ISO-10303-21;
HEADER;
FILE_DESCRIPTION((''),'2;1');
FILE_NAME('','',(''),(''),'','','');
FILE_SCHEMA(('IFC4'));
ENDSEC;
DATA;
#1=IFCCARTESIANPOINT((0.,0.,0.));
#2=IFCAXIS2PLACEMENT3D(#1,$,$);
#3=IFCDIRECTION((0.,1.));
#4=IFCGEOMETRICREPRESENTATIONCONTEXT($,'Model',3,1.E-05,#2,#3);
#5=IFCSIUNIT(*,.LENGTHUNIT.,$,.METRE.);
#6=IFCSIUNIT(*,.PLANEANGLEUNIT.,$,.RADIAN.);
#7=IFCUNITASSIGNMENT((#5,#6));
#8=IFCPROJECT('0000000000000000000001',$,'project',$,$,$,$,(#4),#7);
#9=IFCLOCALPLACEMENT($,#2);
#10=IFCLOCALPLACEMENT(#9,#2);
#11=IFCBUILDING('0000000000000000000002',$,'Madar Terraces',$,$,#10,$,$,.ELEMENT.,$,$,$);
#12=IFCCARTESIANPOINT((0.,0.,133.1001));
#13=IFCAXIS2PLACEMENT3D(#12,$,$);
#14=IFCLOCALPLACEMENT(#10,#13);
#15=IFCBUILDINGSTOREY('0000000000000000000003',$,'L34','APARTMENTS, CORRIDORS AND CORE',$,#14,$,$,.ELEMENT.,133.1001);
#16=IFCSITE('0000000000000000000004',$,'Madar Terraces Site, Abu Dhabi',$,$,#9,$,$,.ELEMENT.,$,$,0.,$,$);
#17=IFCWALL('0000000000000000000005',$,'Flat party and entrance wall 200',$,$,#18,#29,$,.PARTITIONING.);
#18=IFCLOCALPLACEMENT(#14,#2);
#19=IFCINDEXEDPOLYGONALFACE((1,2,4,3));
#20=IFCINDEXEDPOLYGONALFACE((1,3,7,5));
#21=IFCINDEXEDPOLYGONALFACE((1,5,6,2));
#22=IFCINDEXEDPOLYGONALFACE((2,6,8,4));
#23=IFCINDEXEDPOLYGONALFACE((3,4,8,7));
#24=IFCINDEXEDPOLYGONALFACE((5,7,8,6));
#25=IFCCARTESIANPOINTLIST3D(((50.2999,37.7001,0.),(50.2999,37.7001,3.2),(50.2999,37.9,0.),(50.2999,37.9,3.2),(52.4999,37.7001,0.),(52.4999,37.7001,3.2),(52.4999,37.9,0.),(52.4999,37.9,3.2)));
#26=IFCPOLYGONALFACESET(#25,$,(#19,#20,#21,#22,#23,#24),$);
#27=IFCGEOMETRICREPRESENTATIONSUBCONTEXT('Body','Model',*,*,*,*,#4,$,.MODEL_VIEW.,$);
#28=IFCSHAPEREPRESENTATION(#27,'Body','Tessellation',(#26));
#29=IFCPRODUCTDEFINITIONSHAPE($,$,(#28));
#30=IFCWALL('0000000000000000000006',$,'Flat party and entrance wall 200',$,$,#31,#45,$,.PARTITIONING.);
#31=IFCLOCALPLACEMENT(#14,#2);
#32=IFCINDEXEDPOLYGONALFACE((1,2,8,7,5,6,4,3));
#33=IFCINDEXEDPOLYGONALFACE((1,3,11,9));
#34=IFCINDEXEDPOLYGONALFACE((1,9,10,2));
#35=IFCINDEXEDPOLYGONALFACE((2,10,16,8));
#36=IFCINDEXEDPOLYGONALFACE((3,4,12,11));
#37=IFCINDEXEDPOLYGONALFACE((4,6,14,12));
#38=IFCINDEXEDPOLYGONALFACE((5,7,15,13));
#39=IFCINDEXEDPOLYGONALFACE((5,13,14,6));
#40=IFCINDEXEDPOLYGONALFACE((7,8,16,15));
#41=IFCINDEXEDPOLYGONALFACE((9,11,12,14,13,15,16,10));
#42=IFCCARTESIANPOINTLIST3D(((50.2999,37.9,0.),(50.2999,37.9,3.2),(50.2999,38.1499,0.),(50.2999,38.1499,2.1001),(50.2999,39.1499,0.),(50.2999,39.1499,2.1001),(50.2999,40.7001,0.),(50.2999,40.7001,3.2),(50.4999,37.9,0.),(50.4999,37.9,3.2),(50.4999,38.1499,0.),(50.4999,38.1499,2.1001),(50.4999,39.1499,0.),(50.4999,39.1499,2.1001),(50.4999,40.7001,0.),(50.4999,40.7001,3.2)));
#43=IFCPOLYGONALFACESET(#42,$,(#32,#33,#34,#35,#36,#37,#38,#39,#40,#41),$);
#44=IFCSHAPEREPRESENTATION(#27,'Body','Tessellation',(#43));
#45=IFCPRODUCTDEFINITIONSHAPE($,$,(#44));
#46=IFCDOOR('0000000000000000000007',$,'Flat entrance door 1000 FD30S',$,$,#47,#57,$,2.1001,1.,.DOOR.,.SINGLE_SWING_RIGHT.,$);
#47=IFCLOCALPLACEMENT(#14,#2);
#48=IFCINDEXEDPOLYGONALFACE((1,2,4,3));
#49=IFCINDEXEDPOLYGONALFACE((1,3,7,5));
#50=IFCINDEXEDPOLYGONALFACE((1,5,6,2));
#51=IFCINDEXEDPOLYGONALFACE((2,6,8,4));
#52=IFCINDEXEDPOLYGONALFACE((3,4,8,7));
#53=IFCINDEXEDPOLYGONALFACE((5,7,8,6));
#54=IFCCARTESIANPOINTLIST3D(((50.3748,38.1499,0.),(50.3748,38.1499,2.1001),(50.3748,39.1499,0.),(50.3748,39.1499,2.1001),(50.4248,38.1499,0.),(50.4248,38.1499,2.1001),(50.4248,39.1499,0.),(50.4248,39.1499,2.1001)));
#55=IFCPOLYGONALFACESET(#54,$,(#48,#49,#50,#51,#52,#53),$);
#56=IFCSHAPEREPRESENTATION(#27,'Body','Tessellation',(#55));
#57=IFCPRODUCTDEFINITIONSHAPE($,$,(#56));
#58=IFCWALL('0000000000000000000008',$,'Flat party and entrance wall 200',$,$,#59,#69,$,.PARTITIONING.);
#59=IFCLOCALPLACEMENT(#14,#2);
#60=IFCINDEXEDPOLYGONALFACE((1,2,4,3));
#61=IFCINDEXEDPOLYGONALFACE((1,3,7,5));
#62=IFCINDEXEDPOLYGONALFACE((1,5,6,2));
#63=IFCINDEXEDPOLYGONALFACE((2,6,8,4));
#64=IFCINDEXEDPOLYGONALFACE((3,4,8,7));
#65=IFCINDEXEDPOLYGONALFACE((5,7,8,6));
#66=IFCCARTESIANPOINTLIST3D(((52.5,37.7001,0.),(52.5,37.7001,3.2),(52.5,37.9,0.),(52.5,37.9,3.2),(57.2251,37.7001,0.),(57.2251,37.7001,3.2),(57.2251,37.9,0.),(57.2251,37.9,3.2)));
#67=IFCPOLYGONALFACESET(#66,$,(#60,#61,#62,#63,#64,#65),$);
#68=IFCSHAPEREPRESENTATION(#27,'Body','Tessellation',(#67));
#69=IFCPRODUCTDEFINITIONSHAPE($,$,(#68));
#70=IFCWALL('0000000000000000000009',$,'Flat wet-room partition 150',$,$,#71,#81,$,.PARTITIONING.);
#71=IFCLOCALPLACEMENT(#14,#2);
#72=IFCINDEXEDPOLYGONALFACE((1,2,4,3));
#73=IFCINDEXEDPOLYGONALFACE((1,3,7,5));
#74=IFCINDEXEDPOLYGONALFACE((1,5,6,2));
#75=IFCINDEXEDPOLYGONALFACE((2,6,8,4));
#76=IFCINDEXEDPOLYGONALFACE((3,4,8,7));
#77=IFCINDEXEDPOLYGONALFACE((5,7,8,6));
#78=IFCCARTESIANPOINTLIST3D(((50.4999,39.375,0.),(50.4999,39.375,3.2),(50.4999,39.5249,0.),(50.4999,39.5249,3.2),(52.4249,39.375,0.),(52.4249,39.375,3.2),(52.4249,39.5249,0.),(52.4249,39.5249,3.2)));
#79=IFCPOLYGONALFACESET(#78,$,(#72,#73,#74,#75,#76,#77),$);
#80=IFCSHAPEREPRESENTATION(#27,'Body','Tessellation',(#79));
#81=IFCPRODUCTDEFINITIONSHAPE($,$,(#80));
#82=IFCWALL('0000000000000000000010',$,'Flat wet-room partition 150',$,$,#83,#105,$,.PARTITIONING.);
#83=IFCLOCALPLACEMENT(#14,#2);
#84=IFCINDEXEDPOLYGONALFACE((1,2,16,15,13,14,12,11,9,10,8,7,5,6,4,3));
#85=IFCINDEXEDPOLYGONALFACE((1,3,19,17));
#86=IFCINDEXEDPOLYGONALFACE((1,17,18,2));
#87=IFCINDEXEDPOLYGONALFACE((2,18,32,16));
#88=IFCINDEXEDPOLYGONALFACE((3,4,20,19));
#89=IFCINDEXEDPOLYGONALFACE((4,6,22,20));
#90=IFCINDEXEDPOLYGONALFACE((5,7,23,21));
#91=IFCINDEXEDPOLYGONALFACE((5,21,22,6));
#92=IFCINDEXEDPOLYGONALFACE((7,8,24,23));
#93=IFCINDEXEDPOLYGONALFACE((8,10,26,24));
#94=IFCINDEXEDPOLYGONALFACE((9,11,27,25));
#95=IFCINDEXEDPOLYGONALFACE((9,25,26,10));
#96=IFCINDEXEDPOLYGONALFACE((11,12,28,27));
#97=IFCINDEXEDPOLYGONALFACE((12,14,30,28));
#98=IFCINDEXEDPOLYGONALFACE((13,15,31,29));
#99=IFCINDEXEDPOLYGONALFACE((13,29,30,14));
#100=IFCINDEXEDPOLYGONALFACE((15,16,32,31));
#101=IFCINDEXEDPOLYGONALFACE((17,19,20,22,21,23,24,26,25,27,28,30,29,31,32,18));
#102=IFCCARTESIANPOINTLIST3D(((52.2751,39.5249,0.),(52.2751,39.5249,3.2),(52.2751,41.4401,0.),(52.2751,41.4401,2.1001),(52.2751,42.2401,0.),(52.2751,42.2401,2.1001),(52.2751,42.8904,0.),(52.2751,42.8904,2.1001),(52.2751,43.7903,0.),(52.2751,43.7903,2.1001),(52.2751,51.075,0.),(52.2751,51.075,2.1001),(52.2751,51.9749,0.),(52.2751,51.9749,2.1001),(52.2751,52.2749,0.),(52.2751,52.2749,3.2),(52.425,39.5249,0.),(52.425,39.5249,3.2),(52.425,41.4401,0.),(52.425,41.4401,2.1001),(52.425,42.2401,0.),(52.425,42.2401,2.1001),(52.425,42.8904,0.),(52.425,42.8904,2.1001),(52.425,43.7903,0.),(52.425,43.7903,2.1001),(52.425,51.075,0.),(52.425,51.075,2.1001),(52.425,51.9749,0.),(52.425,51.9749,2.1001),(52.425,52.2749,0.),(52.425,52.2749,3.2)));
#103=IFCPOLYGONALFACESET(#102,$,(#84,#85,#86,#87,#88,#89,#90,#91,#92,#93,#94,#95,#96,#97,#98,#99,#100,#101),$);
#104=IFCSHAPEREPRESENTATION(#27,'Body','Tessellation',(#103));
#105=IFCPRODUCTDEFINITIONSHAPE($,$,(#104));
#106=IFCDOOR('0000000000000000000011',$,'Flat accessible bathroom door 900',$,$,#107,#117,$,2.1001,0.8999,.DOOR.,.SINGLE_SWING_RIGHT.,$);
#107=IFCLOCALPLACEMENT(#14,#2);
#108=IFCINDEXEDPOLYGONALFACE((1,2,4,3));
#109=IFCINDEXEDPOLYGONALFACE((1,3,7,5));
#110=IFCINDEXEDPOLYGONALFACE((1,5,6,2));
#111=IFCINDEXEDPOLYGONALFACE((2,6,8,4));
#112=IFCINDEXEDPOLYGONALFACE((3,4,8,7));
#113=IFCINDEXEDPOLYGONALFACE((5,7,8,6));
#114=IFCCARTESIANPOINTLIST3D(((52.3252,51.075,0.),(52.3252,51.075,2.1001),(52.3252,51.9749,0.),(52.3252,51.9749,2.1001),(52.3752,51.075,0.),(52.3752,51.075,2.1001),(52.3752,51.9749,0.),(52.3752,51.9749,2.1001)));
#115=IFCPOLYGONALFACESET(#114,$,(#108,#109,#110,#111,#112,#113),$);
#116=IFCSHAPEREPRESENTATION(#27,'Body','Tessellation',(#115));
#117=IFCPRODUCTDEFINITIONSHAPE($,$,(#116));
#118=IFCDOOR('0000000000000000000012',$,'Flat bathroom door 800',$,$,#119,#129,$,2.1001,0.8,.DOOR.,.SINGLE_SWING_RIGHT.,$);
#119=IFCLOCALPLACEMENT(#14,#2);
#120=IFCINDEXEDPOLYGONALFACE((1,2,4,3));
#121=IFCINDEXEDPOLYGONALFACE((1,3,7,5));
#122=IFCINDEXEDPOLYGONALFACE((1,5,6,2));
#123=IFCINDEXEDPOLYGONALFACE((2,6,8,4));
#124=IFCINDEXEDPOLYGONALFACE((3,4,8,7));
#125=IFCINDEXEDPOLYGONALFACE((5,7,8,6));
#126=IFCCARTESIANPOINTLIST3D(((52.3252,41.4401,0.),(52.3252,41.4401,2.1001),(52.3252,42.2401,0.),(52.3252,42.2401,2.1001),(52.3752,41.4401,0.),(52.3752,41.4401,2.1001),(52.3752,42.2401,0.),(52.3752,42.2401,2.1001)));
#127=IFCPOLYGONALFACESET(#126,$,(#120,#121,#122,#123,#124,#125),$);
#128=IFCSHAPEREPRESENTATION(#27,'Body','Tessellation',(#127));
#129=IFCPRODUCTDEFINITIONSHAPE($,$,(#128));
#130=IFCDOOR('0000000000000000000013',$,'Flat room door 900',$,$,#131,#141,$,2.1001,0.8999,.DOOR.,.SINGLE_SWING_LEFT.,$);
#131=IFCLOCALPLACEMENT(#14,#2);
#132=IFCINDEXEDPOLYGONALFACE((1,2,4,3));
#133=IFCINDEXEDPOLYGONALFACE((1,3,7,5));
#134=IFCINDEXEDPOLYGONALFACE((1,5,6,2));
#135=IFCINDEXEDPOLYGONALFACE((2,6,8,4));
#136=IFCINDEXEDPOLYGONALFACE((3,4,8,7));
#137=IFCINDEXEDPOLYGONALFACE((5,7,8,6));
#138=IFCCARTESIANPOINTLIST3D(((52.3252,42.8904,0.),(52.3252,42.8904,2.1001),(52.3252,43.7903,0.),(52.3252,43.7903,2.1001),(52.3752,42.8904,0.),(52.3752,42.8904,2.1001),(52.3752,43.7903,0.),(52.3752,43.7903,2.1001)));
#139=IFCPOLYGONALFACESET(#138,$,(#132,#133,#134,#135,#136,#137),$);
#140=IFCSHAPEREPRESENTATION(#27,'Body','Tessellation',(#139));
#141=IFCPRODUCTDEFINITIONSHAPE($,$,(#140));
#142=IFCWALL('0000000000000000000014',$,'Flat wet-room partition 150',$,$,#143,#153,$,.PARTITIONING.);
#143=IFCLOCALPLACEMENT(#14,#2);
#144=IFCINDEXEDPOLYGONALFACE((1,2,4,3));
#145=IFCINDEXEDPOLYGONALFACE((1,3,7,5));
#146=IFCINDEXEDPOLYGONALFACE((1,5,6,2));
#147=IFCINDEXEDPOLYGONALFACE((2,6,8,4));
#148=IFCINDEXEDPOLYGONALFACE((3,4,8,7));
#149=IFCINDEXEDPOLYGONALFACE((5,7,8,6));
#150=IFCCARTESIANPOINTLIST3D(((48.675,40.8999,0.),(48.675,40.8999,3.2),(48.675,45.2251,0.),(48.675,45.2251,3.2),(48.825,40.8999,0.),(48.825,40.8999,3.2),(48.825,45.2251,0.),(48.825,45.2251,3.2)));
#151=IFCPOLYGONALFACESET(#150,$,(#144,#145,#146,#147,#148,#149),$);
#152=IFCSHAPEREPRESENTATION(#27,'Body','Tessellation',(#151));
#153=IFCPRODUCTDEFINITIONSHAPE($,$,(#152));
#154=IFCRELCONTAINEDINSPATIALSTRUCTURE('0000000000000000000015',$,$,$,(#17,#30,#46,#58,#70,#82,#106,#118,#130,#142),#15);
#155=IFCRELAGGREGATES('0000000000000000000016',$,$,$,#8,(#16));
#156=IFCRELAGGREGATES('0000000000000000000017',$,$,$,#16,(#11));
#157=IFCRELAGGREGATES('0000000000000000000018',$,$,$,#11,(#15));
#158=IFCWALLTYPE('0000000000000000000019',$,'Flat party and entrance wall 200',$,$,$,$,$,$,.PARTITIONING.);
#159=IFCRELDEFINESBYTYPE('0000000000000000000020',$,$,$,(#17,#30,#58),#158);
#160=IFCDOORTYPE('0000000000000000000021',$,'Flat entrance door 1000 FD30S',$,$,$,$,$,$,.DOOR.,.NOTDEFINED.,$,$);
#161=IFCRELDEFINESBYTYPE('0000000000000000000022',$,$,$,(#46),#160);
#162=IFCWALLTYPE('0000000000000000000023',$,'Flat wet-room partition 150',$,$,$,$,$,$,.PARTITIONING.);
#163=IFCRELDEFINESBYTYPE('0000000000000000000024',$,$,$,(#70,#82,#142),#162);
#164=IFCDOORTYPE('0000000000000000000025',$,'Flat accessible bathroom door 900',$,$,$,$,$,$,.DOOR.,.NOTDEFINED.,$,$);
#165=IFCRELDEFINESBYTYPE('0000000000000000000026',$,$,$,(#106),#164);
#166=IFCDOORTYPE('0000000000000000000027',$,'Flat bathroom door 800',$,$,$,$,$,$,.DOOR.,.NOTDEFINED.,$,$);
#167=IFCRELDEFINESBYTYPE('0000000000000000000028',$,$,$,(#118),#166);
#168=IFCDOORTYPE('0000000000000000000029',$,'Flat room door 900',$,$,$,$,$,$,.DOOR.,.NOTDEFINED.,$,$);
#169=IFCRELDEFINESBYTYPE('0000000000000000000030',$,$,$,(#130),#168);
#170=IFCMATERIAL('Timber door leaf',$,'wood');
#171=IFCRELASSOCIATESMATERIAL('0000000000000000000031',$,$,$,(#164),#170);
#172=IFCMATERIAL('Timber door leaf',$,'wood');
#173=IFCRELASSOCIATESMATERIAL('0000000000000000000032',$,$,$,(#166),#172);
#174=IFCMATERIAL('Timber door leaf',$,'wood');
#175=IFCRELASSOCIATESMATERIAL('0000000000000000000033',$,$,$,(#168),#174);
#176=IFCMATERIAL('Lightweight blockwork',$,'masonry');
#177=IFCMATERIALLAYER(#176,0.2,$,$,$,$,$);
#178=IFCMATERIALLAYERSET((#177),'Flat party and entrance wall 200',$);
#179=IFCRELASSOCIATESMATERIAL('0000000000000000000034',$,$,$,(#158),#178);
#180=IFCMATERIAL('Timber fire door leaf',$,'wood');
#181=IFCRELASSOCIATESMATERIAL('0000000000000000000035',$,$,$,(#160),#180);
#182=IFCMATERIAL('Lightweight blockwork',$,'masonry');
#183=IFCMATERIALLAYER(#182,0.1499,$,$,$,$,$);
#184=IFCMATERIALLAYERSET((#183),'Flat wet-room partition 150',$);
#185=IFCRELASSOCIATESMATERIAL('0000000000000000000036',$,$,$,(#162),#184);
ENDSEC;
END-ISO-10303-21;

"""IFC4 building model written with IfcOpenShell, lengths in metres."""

from ifc_helpers import new_model, si_unit, direction, frame, frame_2d, origin, place, context, subcontext, project, spatial, rectangle, extrude, material, layer, layer_set, type_object, element, fill, save


model = new_model("IFC4")

# Units and contexts
model_context = context("Model", 3, precision=1e-05, world=origin(), true_north=direction((0.0, 1.0)))
body_context = subcontext(model_context, "Body", "Model", "MODEL_VIEW")
ifc_project = project(units=[si_unit("LENGTHUNIT", "METRE"), si_unit("PLANEANGLEUNIT", "RADIAN")], contexts=[model_context])

# Site, building, storey
site_placement = place(None, origin())
site = spatial("IfcSite", under=ifc_project, at=site_placement, Name="Madar Terraces Site, Abu Dhabi", CompositionType="ELEMENT", RefElevation=0.0)
building_placement = place(site_placement, origin())
building = spatial("IfcBuilding", under=site, at=building_placement, Name="Madar Terraces", CompositionType="ELEMENT")
storey_placement = place(building_placement, frame((0.0, 0.0, 133.1001)))
storey = spatial("IfcBuildingStorey", under=building, at=storey_placement, Name="L34", Description="APARTMENTS, CORRIDORS AND CORE", CompositionType="ELEMENT", Elevation=133.1001)

# Shared definitions
ifc_material_1 = material(Name="Timber door leaf", Category="wood")
door_type_1 = type_object("IfcDoorType", Name="Flat accessible bathroom door 900", OperationType="NOTDEFINED", PredefinedType="DOOR", material=ifc_material_1)
ifc_material_2 = material(Name="Timber door leaf", Category="wood")
door_type_2 = type_object("IfcDoorType", Name="Flat bathroom door 800", OperationType="NOTDEFINED", PredefinedType="DOOR", material=ifc_material_2)
ifc_material_3 = material(Name="Timber door leaf", Category="wood")
door_type_3 = type_object("IfcDoorType", Name="Flat room door 900", OperationType="NOTDEFINED", PredefinedType="DOOR", material=ifc_material_3)

# Shared definitions
ifc_material_4 = material(Name="Lightweight blockwork", Category="masonry")
ifc_layer_1 = layer(ifc_material_4, 0.2)
ifc_layer_set_1 = layer_set([ifc_layer_1], Name="Flat party and entrance wall 200")
wall_type_1 = type_object("IfcWallType", Name="Flat party and entrance wall 200", PredefinedType="PARTITIONING", material=ifc_layer_set_1)
ifc_material_5 = material(Name="Timber fire door leaf", Category="wood")
door_type_4 = type_object("IfcDoorType", Name="Flat entrance door 1000 FD30S", OperationType="NOTDEFINED", PredefinedType="DOOR", material=ifc_material_5)

# Wall
wall_1_placement = place(storey_placement, frame((52.5, 37.8, 0.0), z_axis=(0.0, 0.0, 1.0), x_axis=(-1.0, 0.0, 0.0)))
element("IfcWall", 1, at=wall_1_placement, inside=storey, type_object=wall_type_1, Name="Flat party and entrance wall 200", PredefinedType="PARTITIONING", context=body_context, shape_type="SweptSolid", body=[
    extrude(rectangle(XDim=2.2, YDim=0.2, at=frame_2d((1.1001, 0.0))), origin(), (0.0, 0.0, 1.0), 3.2),
])

# Wall, opening, door
wall_2_placement = place(storey_placement, frame((50.3999, 40.7, 0.0), z_axis=(0.0, 0.0, 1.0), x_axis=(0.0, -1.0, 0.0)))
wall_2 = element("IfcWall", 2, at=wall_2_placement, inside=storey, type_object=wall_type_1, Name="Flat party and entrance wall 200", PredefinedType="PARTITIONING", context=body_context, shape_type="SweptSolid", body=[
    extrude(rectangle(XDim=2.8, YDim=0.2, at=frame_2d((1.3999, 0.0))), origin(), (0.0, 0.0, 1.0), 3.2),
])
opening_1_placement = place(wall_2_placement, frame((1.55, 0.0, 0.0)))
opening_1 = element("IfcOpeningElement", 3, at=opening_1_placement, cuts=wall_2, PredefinedType="OPENING", context=body_context, shape_type="SweptSolid", body=[
    extrude(rectangle(XDim=1.0, YDim=2.1001, at=frame_2d((0.5, 1.05))), frame((0.0, 0.1099, 0.0), z_axis=(0.0, -1.0, 0.0), x_axis=(1.0, 0.0, 0.0)), (0.0, 0.0, 1.0), 0.22),
])
door_1_placement = place(opening_1_placement, origin())
door_1 = element("IfcDoor", 4, at=door_1_placement, inside=storey, type_object=door_type_4, Name="Flat entrance door 1000 FD30S", OperationType="SINGLE_SWING_RIGHT", OverallHeight=2.1001, OverallWidth=1.0, PredefinedType="DOOR", context=body_context, shape_type="SweptSolid", body=[
    extrude(rectangle(XDim=1.0, YDim=2.1001, at=frame_2d((0.5, 1.05))), frame((0.0, 0.0249, 0.0), z_axis=(0.0, -1.0, 0.0), x_axis=(1.0, 0.0, 0.0)), (0.0, 0.0, 1.0), 0.05),
])
fill(opening_1, door_1)

# Walls
wall_3_placement = place(storey_placement, frame((52.5, 37.8, 0.0), z_axis=(0.0, 0.0, 1.0), x_axis=(1.0, 0.0, 0.0)))
element("IfcWall", 5, at=wall_3_placement, inside=storey, type_object=wall_type_1, Name="Flat party and entrance wall 200", PredefinedType="PARTITIONING", context=body_context, shape_type="SweptSolid", body=[
    extrude(rectangle(XDim=4.7251, YDim=0.2, at=frame_2d((2.3625, 0.0))), origin(), (0.0, 0.0, 1.0), 3.2),
])
ifc_material_6 = material(Name="Lightweight blockwork", Category="masonry")
ifc_layer_2 = layer(ifc_material_6, 0.1499)
ifc_layer_set_2 = layer_set([ifc_layer_2], Name="Flat wet-room partition 150")
wall_type_2 = type_object("IfcWallType", Name="Flat wet-room partition 150", PredefinedType="PARTITIONING", material=ifc_layer_set_2)
wall_4_placement = place(storey_placement, frame((50.5, 39.45, 0.0), z_axis=(0.0, 0.0, 1.0), x_axis=(1.0, 0.0, 0.0)))
element("IfcWall", 6, at=wall_4_placement, inside=storey, type_object=wall_type_2, Name="Flat wet-room partition 150", PredefinedType="PARTITIONING", context=body_context, shape_type="SweptSolid", body=[
    extrude(rectangle(XDim=1.925, YDim=0.1499, at=frame_2d((0.9624, 0.0))), origin(), (0.0, 0.0, 1.0), 3.2),
])

# Wall, openings, doors
wall_5_placement = place(storey_placement, frame((52.3501, 39.5249, 0.0), z_axis=(0.0, 0.0, 1.0), x_axis=(0.0, 1.0, 0.0)))
wall_5 = element("IfcWall", 7, at=wall_5_placement, inside=storey, type_object=wall_type_2, Name="Flat wet-room partition 150", PredefinedType="PARTITIONING", context=body_context, shape_type="SweptSolid", body=[
    extrude(rectangle(XDim=12.75, YDim=0.1499, at=frame_2d((6.375, 0.0))), origin(), (0.0, 0.0, 1.0), 3.2),
])
opening_2_placement = place(wall_5_placement, frame((1.9153, 0.0, 0.0)))
opening_2 = element("IfcOpeningElement", 8, at=opening_2_placement, cuts=wall_5, PredefinedType="OPENING", context=body_context, shape_type="SweptSolid", body=[
    extrude(rectangle(XDim=0.8, YDim=2.1001, at=frame_2d((0.3999, 1.05))), frame((0.0, 0.085, 0.0), z_axis=(0.0, -1.0, 0.0), x_axis=(1.0, 0.0, 0.0)), (0.0, 0.0, 1.0), 0.1699),
])
opening_3_placement = place(wall_5_placement, frame((3.3655, 0.0, 0.0)))
opening_3 = element("IfcOpeningElement", 9, at=opening_3_placement, cuts=wall_5, PredefinedType="OPENING", context=body_context, shape_type="SweptSolid", body=[
    extrude(rectangle(XDim=0.8999, YDim=2.1001, at=frame_2d((0.45, 1.05))), frame((0.0, 0.085, 0.0), z_axis=(0.0, -1.0, 0.0), x_axis=(1.0, 0.0, 0.0)), (0.0, 0.0, 1.0), 0.1699),
])
opening_4_placement = place(wall_5_placement, frame((11.55, 0.0, 0.0)))
opening_4 = element("IfcOpeningElement", 10, at=opening_4_placement, cuts=wall_5, PredefinedType="OPENING", context=body_context, shape_type="SweptSolid", body=[
    extrude(rectangle(XDim=0.8999, YDim=2.1001, at=frame_2d((0.45, 1.05))), frame((0.0, 0.085, 0.0), z_axis=(0.0, -1.0, 0.0), x_axis=(1.0, 0.0, 0.0)), (0.0, 0.0, 1.0), 0.1699),
])
door_2_placement = place(opening_4_placement, origin())
door_2 = element("IfcDoor", 11, at=door_2_placement, inside=storey, type_object=door_type_1, Name="Flat accessible bathroom door 900", OperationType="SINGLE_SWING_RIGHT", OverallHeight=2.1001, OverallWidth=0.8999, PredefinedType="DOOR", context=body_context, shape_type="SweptSolid", body=[
    extrude(rectangle(XDim=0.8999, YDim=2.1001, at=frame_2d((0.45, 1.05))), frame((0.0, 0.0249, 0.0), z_axis=(0.0, -1.0, 0.0), x_axis=(1.0, 0.0, 0.0)), (0.0, 0.0, 1.0), 0.05),
])
fill(opening_4, door_2)
door_3_placement = place(opening_2_placement, origin())
door_3 = element("IfcDoor", 12, at=door_3_placement, inside=storey, type_object=door_type_2, Name="Flat bathroom door 800", OperationType="SINGLE_SWING_RIGHT", OverallHeight=2.1001, OverallWidth=0.8, PredefinedType="DOOR", context=body_context, shape_type="SweptSolid", body=[
    extrude(rectangle(XDim=0.8, YDim=2.1001, at=frame_2d((0.3999, 1.05))), frame((0.0, 0.0249, 0.0), z_axis=(0.0, -1.0, 0.0), x_axis=(1.0, 0.0, 0.0)), (0.0, 0.0, 1.0), 0.05),
])
fill(opening_2, door_3)
door_4_placement = place(opening_3_placement, origin())
door_4 = element("IfcDoor", 13, at=door_4_placement, inside=storey, type_object=door_type_3, Name="Flat room door 900", OperationType="SINGLE_SWING_LEFT", OverallHeight=2.1001, OverallWidth=0.8999, PredefinedType="DOOR", context=body_context, shape_type="SweptSolid", body=[
    extrude(rectangle(XDim=0.8999, YDim=2.1001, at=frame_2d((0.45, 1.05))), frame((0.0, 0.0249, 0.0), z_axis=(0.0, -1.0, 0.0), x_axis=(1.0, 0.0, 0.0)), (0.0, 0.0, 1.0), 0.05),
])
fill(opening_3, door_4)

# Wall
wall_6_placement = place(storey_placement, frame((48.75, 40.8999, 0.0), z_axis=(0.0, 0.0, 1.0), x_axis=(0.0, 1.0, 0.0)))
element("IfcWall", 14, at=wall_6_placement, inside=storey, type_object=wall_type_2, Name="Flat wet-room partition 150", PredefinedType="PARTITIONING", context=body_context, shape_type="SweptSolid", body=[
    extrude(rectangle(XDim=4.3252, YDim=0.1499, at=frame_2d((2.1626, 0.0))), origin(), (0.0, 0.0, 1.0), 3.2),
])

save(model, "model.ifc")
